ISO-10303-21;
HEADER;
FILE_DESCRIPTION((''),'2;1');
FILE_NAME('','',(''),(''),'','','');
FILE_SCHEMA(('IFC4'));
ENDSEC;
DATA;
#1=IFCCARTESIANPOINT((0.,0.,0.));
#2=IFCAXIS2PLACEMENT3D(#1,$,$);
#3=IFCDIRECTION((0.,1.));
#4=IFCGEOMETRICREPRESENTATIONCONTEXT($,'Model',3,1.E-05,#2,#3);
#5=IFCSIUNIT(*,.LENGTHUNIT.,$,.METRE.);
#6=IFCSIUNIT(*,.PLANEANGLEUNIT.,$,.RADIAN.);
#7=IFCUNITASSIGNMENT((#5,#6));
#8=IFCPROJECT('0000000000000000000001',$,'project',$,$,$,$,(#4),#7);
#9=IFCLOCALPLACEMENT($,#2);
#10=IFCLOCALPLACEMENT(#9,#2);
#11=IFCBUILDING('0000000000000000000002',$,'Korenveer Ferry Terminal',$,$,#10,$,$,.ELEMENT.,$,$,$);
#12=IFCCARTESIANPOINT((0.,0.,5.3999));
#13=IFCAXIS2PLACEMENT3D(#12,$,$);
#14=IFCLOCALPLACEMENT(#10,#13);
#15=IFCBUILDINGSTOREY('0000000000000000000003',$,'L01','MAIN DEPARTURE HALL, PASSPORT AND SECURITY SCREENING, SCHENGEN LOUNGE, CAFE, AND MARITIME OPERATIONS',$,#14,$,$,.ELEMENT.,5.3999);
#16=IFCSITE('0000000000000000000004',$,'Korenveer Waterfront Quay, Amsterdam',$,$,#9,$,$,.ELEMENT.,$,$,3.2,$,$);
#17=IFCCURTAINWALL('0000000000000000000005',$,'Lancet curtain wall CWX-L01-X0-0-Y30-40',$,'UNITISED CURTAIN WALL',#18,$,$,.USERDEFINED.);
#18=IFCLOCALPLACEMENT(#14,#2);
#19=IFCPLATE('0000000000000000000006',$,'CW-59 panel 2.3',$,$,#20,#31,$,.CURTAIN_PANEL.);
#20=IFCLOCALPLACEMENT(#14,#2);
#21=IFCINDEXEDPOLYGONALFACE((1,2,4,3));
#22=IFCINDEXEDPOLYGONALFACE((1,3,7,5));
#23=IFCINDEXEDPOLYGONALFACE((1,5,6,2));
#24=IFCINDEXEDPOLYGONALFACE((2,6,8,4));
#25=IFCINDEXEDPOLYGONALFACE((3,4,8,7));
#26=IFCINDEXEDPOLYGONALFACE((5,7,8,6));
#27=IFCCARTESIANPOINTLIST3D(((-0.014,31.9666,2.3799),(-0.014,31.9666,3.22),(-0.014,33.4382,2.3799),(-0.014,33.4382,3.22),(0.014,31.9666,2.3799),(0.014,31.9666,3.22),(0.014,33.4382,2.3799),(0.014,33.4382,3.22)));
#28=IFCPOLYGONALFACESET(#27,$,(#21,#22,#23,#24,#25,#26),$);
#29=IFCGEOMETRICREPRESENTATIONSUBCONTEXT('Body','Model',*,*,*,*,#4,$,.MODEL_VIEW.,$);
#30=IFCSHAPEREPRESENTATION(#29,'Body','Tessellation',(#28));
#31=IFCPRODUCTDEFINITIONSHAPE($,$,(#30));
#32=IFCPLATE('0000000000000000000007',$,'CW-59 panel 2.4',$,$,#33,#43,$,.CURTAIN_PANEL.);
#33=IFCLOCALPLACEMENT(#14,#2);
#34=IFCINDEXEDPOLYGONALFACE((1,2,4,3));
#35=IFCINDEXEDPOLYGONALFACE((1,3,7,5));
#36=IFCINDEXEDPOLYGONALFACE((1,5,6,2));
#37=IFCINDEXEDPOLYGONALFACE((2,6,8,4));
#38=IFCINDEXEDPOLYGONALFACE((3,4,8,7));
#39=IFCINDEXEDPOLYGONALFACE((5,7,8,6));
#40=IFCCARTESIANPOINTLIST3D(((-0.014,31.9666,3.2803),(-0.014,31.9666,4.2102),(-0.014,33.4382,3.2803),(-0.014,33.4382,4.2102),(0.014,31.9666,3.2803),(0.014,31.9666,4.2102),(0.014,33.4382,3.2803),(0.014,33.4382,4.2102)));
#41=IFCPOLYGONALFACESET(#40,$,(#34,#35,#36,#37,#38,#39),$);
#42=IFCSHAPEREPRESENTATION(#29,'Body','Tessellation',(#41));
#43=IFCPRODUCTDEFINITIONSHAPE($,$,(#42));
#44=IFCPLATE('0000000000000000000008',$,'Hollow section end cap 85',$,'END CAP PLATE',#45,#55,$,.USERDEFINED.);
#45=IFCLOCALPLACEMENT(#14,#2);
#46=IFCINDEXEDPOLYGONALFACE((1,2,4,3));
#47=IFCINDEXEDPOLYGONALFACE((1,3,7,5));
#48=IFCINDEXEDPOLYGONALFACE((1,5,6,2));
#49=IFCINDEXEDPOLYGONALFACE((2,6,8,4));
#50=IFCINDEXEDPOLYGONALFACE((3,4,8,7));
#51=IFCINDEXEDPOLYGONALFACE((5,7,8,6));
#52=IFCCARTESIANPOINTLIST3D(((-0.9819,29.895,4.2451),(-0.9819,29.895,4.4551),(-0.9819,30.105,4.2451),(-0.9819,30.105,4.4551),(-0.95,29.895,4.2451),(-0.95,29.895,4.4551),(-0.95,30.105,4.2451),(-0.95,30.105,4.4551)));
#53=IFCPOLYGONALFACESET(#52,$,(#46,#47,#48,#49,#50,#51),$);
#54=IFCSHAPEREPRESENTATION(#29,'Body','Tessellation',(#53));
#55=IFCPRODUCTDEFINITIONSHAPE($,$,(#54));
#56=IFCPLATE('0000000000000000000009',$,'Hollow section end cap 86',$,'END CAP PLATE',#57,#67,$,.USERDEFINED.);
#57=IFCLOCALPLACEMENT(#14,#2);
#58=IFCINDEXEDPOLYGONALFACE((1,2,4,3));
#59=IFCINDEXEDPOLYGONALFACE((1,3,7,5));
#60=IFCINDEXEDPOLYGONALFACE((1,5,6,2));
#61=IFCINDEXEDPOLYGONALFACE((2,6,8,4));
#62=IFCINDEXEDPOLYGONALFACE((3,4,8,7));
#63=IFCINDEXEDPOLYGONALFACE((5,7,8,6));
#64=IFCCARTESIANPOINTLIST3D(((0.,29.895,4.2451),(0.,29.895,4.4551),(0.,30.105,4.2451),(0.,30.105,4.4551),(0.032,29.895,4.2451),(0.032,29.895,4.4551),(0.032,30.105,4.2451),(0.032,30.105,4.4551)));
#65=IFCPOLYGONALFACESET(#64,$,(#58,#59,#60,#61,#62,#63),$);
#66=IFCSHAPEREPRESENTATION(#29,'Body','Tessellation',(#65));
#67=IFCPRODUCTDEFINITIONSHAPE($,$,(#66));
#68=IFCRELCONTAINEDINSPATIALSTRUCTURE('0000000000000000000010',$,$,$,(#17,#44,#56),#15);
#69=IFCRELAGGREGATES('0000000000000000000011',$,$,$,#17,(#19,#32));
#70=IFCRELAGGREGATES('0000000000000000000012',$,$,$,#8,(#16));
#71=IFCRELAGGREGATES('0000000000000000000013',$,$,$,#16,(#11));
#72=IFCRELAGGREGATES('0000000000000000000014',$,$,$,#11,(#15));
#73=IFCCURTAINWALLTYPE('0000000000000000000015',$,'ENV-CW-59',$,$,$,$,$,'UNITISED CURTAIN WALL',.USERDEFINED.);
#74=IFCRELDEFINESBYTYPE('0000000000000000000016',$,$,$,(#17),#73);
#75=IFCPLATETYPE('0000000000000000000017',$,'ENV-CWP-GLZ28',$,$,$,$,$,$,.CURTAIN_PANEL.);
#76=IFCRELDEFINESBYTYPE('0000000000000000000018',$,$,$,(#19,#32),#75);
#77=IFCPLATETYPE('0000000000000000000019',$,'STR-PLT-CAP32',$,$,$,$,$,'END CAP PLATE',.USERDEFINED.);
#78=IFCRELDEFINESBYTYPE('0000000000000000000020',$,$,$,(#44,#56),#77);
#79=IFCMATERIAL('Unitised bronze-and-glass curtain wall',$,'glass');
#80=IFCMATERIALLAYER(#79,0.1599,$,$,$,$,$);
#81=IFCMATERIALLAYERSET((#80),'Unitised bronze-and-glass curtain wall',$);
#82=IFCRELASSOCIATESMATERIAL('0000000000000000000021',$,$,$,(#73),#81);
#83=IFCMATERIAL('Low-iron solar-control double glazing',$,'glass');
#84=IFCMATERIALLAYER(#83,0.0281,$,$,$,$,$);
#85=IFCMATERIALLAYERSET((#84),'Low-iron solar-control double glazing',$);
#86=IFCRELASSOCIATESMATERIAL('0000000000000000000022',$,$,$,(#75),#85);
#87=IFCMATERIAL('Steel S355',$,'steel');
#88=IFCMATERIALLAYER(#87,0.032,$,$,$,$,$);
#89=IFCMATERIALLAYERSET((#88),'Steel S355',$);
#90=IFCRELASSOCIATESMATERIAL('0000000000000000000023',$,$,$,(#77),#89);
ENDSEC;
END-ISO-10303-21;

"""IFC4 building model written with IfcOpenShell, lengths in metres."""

from ifc_helpers import new_model, si_unit, direction, frame, origin, origin_2d, place, context, subcontext, project, spatial, rectangle, extrude, material, layer, layer_set, type_object, element, aggregate, save


model = new_model("IFC4")

# Units and contexts
model_context = context("Model", 3, precision=1e-05, world=origin(), true_north=direction((0.0, 1.0)))
body_context = subcontext(model_context, "Body", "Model", "MODEL_VIEW")
ifc_project = project(units=[si_unit("LENGTHUNIT", "METRE"), si_unit("PLANEANGLEUNIT", "RADIAN")], contexts=[model_context])

# Site, building, storey
site_placement = place(None, origin())
site = spatial("IfcSite", under=ifc_project, at=site_placement, Name="Korenveer Waterfront Quay, Amsterdam", CompositionType="ELEMENT", RefElevation=3.2)
building_placement = place(site_placement, origin())
building = spatial("IfcBuilding", under=site, at=building_placement, Name="Korenveer Ferry Terminal", CompositionType="ELEMENT")
storey_placement = place(building_placement, frame((0.0, 0.0, 5.3999)))
storey = spatial("IfcBuildingStorey", under=building, at=storey_placement, Name="L01", Description="MAIN DEPARTURE HALL, PASSPORT AND SECURITY SCREENING, SCHENGEN LOUNGE, CAFE, AND MARITIME OPERATIONS", CompositionType="ELEMENT", Elevation=5.3999)

# Shared definitions
ifc_material_1 = material(Name="Steel S355", Category="steel")

# Shared definitions
ifc_material_2 = material(Name="Unitised bronze-and-glass curtain wall", Category="glass")

# Curtain wall
ifc_layer_1 = layer(ifc_material_2, 0.1599)
ifc_layer_set_1 = layer_set([ifc_layer_1], Name="Unitised bronze-and-glass curtain wall")
curtain_wall_type_1 = type_object("IfcCurtainWallType", Name="ENV-CW-59", ElementType="UNITISED CURTAIN WALL", PredefinedType="USERDEFINED", material=ifc_layer_set_1)
curtain_wall_1_placement = place(storey_placement, frame((0.0, 30.405, 0.0)))
curtain_wall_1 = element("IfcCurtainWall", 1, at=curtain_wall_1_placement, inside=storey, type_object=curtain_wall_type_1, Name="Lancet curtain wall CWX-L01-X0-0-Y30-40", ObjectType="UNITISED CURTAIN WALL", PredefinedType="USERDEFINED")

# Plates
ifc_material_3 = material(Name="Low-iron solar-control double glazing", Category="glass")
ifc_layer_2 = layer(ifc_material_3, 0.0281)
ifc_layer_set_2 = layer_set([ifc_layer_2], Name="Low-iron solar-control double glazing")
plate_type_1 = type_object("IfcPlateType", Name="ENV-CWP-GLZ28", PredefinedType="CURTAIN_PANEL", material=ifc_layer_set_2)
plate_1_placement = place(storey_placement, frame((0.0, 32.7024, 2.3799), z_axis=(0.0, 0.0, 1.0), x_axis=(0.0, 1.0, 0.0)))
plate_1 = element("IfcPlate", 2, at=plate_1_placement, type_object=plate_type_1, Name="CW-59 panel 2.3", PredefinedType="CURTAIN_PANEL", context=body_context, shape_type="SweptSolid", body=[
    extrude(rectangle(XDim=1.4717, YDim=0.0281, at=origin_2d()), origin(), (0.0, 0.0, 1.0), 0.8401),
])
plate_2_placement = place(storey_placement, frame((0.0, 32.7024, 3.2803), z_axis=(0.0, 0.0, 1.0), x_axis=(0.0, 1.0, 0.0)))
plate_2 = element("IfcPlate", 3, at=plate_2_placement, type_object=plate_type_1, Name="CW-59 panel 2.4", PredefinedType="CURTAIN_PANEL", context=body_context, shape_type="SweptSolid", body=[
    extrude(rectangle(XDim=1.4717, YDim=0.0281, at=origin_2d()), origin(), (0.0, 0.0, 1.0), 0.9299),
])
aggregate(curtain_wall_1, [plate_1, plate_2])

# Plates
ifc_layer_3 = layer(ifc_material_1, 0.032)
ifc_layer_set_3 = layer_set([ifc_layer_3], Name="Steel S355")
plate_type_2 = type_object("IfcPlateType", Name="STR-PLT-CAP32", ElementType="END CAP PLATE", PredefinedType="USERDEFINED", material=ifc_layer_set_3)
for number, where, z_axis, x_axis, name in (
    (4, (-0.9819, 30.0, 4.3501), (1.0, 0.0, 0.0), (0.0, 1.0, 0.0), "Hollow section end cap 85"),
    (5, (0.0, 30.0, 4.3501), (1.0, 0.0, 0.0), (0.0, 1.0, 0.0), "Hollow section end cap 86"),
):
    element("IfcPlate", number, at=place(storey_placement, frame(where, z_axis=z_axis, x_axis=x_axis)), inside=storey, type_object=plate_type_2, Name=name, ObjectType="END CAP PLATE", PredefinedType="USERDEFINED", context=body_context, shape_type="SweptSolid", body=[
        extrude(rectangle(XDim=0.21, YDim=0.21, at=origin_2d()), origin(), (0.0, 0.0, 1.0), 0.032),
    ])

save(model, "model.ifc")
